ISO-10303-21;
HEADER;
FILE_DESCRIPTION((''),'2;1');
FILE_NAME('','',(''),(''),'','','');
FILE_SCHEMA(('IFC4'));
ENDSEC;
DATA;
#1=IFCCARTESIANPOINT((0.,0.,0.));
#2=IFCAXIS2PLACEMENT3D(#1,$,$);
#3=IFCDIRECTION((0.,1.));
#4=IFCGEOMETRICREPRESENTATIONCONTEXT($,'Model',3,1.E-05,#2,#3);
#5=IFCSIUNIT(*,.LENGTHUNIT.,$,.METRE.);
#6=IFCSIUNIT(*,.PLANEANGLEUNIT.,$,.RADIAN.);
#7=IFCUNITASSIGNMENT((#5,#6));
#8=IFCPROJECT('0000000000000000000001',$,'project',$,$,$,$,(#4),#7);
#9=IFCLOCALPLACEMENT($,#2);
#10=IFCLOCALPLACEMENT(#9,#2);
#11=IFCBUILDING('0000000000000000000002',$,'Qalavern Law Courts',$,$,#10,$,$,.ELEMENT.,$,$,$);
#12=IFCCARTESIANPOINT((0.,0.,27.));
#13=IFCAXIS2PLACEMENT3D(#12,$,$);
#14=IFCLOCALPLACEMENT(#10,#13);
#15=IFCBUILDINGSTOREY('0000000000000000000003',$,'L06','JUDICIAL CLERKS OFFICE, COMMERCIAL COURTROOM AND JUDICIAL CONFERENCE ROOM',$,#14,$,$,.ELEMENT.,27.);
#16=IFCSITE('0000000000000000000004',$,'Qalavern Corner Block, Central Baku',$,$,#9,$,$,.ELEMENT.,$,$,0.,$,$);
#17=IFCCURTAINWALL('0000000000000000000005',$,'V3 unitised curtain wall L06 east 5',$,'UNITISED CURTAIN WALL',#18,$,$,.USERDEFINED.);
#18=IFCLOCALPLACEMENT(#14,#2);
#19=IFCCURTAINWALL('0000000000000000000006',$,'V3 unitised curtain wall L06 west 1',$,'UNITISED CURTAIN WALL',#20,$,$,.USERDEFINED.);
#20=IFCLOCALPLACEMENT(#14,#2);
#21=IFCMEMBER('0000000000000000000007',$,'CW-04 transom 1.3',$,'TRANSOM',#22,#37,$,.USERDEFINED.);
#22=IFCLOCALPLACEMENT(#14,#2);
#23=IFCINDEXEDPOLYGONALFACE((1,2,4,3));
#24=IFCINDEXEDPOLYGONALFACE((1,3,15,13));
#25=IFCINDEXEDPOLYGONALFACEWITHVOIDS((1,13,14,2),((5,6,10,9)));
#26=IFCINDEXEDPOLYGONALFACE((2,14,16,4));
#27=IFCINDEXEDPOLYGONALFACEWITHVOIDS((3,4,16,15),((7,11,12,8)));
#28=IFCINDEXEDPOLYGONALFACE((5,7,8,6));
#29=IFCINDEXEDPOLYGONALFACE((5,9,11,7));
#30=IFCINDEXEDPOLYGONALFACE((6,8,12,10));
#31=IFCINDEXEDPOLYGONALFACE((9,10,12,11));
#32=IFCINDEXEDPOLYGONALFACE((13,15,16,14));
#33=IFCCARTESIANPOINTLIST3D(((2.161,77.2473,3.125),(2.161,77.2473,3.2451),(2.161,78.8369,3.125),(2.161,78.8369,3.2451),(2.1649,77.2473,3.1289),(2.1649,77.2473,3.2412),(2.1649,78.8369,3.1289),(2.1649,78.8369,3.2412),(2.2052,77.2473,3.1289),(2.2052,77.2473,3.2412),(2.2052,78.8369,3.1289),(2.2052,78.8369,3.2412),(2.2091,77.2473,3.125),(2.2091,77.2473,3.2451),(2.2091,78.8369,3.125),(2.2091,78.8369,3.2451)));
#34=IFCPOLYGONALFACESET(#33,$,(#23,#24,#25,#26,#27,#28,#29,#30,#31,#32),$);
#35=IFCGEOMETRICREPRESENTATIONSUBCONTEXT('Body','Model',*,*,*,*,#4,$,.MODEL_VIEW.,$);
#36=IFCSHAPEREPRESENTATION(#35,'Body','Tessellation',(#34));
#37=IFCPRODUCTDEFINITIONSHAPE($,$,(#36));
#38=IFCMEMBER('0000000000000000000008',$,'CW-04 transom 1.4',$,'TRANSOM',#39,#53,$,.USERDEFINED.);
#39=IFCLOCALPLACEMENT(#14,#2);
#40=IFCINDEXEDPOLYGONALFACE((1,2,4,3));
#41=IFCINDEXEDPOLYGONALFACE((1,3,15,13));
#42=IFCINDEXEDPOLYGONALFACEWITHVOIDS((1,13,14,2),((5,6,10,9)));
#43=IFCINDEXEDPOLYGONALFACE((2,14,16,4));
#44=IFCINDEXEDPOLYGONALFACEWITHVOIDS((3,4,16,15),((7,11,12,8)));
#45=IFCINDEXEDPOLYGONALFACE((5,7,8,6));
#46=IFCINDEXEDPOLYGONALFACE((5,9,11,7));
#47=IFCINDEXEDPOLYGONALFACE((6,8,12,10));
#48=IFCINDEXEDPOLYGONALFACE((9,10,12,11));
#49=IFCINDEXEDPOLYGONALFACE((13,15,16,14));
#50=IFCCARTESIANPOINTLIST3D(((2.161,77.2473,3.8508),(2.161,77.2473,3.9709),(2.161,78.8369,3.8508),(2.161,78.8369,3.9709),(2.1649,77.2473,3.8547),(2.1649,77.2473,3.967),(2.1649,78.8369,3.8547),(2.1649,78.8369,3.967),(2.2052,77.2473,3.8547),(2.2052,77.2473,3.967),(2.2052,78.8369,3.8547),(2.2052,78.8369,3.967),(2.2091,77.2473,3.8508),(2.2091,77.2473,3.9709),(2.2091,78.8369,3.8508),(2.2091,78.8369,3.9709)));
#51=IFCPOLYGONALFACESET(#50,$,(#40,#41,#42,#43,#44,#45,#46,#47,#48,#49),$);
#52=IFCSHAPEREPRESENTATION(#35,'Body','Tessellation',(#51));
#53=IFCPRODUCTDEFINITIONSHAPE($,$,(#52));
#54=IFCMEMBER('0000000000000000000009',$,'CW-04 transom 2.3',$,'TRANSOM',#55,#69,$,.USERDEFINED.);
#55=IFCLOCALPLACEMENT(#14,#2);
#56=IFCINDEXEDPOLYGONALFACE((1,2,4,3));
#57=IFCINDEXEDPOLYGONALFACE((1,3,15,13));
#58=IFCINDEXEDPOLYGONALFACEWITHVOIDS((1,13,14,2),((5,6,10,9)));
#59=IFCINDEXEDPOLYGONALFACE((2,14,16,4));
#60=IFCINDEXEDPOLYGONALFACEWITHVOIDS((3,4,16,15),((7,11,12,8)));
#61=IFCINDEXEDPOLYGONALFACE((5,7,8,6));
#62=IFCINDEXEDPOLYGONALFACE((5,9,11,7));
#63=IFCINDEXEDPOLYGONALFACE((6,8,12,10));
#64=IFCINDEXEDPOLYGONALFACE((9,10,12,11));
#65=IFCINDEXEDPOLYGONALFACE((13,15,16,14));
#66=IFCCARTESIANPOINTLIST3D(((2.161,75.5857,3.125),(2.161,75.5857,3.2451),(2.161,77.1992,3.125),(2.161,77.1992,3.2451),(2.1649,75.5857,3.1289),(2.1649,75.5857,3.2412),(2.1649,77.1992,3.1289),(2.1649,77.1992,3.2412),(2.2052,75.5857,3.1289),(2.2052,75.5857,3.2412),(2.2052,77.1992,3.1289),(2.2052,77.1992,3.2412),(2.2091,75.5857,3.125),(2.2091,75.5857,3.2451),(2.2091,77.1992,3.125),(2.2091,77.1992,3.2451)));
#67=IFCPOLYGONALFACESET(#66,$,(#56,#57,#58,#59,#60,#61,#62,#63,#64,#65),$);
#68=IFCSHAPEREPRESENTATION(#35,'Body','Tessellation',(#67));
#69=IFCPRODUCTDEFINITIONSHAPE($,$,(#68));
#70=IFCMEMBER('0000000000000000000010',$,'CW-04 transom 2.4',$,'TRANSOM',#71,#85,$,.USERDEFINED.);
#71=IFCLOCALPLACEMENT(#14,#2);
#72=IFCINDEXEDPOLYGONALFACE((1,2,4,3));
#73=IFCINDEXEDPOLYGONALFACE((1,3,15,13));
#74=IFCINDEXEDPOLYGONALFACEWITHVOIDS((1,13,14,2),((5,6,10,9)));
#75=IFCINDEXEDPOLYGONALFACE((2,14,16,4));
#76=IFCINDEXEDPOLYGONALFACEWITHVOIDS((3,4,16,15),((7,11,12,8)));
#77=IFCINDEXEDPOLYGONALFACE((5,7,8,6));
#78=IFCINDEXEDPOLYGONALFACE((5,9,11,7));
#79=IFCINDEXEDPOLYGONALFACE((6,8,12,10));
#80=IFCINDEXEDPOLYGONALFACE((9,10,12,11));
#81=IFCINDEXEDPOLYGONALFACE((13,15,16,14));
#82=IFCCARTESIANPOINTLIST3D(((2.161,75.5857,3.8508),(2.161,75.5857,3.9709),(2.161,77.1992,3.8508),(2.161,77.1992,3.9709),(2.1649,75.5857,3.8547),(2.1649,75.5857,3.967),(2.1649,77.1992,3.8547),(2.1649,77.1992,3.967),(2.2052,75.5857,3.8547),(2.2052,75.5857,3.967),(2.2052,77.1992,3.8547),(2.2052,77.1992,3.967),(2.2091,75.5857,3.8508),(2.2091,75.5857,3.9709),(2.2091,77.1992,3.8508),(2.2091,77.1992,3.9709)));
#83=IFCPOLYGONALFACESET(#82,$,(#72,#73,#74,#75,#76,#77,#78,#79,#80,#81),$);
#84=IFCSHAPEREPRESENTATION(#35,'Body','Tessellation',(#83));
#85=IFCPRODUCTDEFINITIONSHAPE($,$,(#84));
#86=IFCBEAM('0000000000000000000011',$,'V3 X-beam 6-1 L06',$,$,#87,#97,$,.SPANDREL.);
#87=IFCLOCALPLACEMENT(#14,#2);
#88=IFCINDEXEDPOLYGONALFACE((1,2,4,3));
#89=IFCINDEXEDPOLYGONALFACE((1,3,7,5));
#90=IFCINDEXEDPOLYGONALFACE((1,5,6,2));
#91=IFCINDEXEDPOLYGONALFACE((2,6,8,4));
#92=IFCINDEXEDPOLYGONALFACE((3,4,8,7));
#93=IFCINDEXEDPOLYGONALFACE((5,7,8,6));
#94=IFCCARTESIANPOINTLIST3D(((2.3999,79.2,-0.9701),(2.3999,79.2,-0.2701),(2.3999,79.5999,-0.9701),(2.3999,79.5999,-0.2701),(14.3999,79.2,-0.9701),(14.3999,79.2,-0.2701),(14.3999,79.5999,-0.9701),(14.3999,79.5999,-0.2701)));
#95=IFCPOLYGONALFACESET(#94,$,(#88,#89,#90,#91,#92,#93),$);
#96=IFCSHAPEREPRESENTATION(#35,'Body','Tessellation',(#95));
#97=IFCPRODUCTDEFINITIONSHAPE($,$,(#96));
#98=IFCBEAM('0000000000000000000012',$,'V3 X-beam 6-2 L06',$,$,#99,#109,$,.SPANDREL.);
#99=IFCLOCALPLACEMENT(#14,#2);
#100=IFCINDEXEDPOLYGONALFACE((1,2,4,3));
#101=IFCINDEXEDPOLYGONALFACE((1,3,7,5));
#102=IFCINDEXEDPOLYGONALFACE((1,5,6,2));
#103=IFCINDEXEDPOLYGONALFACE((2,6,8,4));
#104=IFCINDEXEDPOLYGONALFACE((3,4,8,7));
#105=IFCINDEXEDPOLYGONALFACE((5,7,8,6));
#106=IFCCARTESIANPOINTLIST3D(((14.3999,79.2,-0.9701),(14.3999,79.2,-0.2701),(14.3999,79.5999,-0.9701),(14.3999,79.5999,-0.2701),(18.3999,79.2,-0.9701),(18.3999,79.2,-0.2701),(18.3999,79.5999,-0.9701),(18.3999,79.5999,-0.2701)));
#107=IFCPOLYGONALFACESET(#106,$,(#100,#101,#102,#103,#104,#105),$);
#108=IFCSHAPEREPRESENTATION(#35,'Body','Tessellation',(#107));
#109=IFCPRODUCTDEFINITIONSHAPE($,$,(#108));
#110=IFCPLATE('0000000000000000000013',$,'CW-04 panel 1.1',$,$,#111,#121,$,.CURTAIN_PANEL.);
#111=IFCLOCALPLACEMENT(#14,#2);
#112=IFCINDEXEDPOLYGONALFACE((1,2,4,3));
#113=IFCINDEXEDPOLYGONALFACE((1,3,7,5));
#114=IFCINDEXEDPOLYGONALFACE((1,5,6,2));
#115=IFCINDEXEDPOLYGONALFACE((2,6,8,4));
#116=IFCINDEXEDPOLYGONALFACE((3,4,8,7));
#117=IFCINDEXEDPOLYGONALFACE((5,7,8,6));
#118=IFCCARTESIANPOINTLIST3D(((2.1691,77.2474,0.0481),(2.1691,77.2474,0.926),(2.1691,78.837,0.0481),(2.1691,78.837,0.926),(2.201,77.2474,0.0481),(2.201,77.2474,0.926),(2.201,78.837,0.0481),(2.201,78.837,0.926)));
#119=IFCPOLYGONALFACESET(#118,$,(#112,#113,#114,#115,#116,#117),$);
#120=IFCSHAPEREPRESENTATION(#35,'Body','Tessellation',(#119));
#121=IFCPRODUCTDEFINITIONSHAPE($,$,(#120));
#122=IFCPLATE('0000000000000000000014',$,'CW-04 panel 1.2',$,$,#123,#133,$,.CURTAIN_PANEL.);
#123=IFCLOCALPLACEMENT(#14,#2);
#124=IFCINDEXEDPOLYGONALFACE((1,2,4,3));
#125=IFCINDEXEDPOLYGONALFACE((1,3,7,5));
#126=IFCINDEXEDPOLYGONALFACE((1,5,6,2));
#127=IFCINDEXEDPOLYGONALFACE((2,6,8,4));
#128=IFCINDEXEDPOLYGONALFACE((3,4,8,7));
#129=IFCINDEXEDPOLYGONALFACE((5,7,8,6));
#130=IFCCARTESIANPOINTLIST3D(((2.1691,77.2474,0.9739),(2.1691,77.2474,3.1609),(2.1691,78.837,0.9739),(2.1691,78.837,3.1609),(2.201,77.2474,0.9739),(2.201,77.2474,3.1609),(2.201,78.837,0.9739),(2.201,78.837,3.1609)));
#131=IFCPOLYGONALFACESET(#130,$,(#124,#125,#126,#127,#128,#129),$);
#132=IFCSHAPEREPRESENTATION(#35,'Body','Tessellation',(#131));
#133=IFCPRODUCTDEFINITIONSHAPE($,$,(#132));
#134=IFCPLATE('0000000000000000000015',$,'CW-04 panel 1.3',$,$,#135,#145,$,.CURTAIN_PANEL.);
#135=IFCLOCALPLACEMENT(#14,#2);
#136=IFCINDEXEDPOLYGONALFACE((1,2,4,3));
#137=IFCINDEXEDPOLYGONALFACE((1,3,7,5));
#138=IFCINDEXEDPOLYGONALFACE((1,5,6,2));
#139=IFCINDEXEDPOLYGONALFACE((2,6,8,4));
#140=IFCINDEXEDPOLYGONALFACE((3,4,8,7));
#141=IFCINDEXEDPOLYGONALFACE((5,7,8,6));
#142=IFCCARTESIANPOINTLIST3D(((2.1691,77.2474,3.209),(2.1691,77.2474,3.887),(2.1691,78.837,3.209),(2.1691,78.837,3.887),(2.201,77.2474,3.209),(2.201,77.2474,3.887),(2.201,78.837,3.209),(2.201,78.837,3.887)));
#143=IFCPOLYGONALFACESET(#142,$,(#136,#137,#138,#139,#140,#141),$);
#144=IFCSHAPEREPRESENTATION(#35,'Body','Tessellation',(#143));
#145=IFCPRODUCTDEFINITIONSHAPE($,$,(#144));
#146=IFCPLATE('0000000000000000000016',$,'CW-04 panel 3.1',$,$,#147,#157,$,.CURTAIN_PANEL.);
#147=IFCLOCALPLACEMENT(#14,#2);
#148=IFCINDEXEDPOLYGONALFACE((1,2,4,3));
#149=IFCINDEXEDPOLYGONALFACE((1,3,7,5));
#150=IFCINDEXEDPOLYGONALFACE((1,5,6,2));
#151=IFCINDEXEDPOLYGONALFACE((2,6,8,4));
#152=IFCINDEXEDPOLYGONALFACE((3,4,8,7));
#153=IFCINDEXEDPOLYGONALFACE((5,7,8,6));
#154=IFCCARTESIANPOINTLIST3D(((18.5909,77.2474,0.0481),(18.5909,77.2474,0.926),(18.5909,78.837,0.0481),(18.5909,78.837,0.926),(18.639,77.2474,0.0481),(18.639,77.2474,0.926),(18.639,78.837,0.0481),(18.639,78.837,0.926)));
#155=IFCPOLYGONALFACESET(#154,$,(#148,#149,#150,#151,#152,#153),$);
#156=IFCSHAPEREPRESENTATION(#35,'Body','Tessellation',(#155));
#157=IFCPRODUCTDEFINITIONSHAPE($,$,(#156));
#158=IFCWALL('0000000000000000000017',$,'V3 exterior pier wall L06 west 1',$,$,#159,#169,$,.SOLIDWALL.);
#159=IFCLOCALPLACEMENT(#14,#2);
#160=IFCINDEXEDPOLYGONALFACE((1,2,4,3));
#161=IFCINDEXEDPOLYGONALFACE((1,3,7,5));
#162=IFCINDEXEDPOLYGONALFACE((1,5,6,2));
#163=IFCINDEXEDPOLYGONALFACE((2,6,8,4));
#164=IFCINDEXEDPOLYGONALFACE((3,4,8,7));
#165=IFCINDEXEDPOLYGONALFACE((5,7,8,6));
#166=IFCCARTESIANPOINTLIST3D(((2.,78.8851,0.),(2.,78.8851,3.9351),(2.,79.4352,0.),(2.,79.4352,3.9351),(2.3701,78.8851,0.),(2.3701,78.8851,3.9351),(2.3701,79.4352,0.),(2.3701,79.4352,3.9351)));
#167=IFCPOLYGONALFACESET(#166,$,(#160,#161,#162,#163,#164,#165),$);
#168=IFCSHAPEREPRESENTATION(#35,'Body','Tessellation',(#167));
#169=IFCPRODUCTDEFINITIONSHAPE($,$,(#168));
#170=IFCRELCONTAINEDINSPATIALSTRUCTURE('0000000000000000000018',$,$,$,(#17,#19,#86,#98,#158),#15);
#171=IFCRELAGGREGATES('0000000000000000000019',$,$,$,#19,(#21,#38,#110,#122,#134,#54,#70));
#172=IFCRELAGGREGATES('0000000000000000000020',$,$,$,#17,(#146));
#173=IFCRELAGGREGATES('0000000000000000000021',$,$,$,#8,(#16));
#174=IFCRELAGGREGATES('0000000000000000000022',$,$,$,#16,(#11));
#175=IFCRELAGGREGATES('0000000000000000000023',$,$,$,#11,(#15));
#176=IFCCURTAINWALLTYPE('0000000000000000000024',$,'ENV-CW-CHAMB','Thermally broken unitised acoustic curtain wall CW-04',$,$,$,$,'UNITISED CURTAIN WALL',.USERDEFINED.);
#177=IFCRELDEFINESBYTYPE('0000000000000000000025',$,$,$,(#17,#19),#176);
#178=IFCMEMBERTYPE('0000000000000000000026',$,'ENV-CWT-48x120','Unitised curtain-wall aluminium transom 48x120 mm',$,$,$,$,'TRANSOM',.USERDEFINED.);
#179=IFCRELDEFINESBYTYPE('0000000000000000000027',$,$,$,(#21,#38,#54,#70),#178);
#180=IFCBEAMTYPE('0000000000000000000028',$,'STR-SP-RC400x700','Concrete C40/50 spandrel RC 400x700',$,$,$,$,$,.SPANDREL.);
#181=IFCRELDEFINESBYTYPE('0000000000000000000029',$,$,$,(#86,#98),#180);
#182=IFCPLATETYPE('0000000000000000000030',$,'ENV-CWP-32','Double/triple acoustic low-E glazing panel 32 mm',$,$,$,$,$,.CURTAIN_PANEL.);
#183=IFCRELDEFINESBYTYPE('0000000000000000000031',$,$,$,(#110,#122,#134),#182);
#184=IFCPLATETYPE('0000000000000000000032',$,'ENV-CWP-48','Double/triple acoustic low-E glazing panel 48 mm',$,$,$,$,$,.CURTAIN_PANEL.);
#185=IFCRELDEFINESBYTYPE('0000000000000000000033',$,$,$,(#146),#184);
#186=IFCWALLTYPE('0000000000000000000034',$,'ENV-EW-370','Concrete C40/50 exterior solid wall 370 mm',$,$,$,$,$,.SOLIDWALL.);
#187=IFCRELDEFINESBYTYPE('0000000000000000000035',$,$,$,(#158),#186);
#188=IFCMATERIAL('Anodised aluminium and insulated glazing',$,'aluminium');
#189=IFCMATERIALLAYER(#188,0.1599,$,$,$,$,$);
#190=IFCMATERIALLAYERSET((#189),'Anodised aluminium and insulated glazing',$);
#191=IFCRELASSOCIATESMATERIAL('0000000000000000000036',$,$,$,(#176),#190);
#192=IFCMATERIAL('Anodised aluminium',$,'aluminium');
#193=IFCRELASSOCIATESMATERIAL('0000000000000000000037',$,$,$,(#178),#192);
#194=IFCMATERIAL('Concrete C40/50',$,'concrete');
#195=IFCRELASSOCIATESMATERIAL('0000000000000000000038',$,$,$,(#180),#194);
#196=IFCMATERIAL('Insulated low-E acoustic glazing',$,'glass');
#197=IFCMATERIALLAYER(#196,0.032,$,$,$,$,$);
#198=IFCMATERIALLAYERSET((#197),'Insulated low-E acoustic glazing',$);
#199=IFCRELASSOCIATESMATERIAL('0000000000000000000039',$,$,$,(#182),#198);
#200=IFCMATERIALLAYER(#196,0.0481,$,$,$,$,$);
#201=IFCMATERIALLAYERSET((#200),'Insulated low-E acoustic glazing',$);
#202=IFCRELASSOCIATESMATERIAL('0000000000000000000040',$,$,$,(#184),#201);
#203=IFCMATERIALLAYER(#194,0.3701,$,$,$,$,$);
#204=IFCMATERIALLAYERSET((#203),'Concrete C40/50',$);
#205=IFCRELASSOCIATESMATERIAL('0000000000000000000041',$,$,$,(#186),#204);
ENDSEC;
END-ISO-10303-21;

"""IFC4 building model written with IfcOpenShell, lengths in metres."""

from ifc_helpers import new_model, si_unit, direction, frame, frame_2d, origin, origin_2d, place, context, subcontext, project, spatial, rectangle, hollow_rectangle, extrude, material, layer, layer_set, material_profile, profile_set, type_object, element, aggregate, save


model = new_model("IFC4")

# Units and contexts
model_context = context("Model", 3, precision=1e-05, world=origin(), true_north=direction((0.0, 1.0)))
body_context = subcontext(model_context, "Body", "Model", "MODEL_VIEW")
ifc_project = project(units=[si_unit("LENGTHUNIT", "METRE"), si_unit("PLANEANGLEUNIT", "RADIAN")], contexts=[model_context])

# Site, building, storey
site_placement = place(None, origin())
site = spatial("IfcSite", under=ifc_project, at=site_placement, Name="Qalavern Corner Block, Central Baku", CompositionType="ELEMENT", RefElevation=0.0)
building_placement = place(site_placement, origin())
building = spatial("IfcBuilding", under=site, at=building_placement, Name="Qalavern Law Courts", CompositionType="ELEMENT")
storey_placement = place(building_placement, frame((0.0, 0.0, 27.0)))
storey = spatial("IfcBuildingStorey", under=building, at=storey_placement, Name="L06", Description="JUDICIAL CLERKS OFFICE, COMMERCIAL COURTROOM AND JUDICIAL CONFERENCE ROOM", CompositionType="ELEMENT", Elevation=27.0)

# Curtain wall
ifc_material_1 = material(Name="Anodised aluminium and insulated glazing", Category="aluminium")
ifc_layer_1 = layer(ifc_material_1, 0.1599)
ifc_layer_set_1 = layer_set([ifc_layer_1], Name="Anodised aluminium and insulated glazing")
curtain_wall_type = type_object("IfcCurtainWallType", Name="ENV-CW-CHAMB", Description="Thermally broken unitised acoustic curtain wall CW-04", ElementType="UNITISED CURTAIN WALL", PredefinedType="USERDEFINED", material=ifc_layer_set_1)
curtain_wall_1_placement = place(storey_placement, origin())
curtain_wall_1 = element("IfcCurtainWall", 1, at=curtain_wall_1_placement, inside=storey, type_object=curtain_wall_type, Name="V3 unitised curtain wall L06 east 5", ObjectType="UNITISED CURTAIN WALL", PredefinedType="USERDEFINED")
ifc_material_2 = material(Name="Anodised aluminium", Category="aluminium")

# Curtain wall
curtain_wall_2_placement = place(storey_placement, origin())
curtain_wall_2 = element("IfcCurtainWall", 2, at=curtain_wall_2_placement, inside=storey, type_object=curtain_wall_type, Name="V3 unitised curtain wall L06 west 1", ObjectType="UNITISED CURTAIN WALL", PredefinedType="USERDEFINED")

# Members
ifc_material_profile_1 = material_profile(ifc_material_2, hollow_rectangle(XDim=0.0481, YDim=0.1201, WallThickness=0.0039, at=origin_2d()), Name="ALU TRANSOM 48x120")
ifc_profile_set_1 = profile_set([ifc_material_profile_1], Name="Anodised aluminium")
member_type_1 = type_object("IfcMemberType", Name="ENV-CWT-48x120", Description="Unitised curtain-wall aluminium transom 48x120 mm", ElementType="TRANSOM", PredefinedType="USERDEFINED", material=ifc_profile_set_1)
member_1_placement = place(storey_placement, frame((2.1851, 78.8369, 3.1851), z_axis=(0.0, -1.0, 0.0), x_axis=(1.0, 0.0, 0.0)))
member_1 = element("IfcMember", 3, at=member_1_placement, type_object=member_type_1, Name="CW-04 transom 1.3", ObjectType="TRANSOM", PredefinedType="USERDEFINED", context=body_context, shape_type="SweptSolid", body=[
    extrude(hollow_rectangle(XDim=0.0481, YDim=0.1201, WallThickness=0.0039, at=origin_2d()), origin(), (0.0, 0.0, 1.0), 1.5896),
])
member_2_placement = place(storey_placement, frame((2.1851, 78.8369, 3.9109), z_axis=(0.0, -1.0, 0.0), x_axis=(1.0, 0.0, 0.0)))
member_2 = element("IfcMember", 4, at=member_2_placement, type_object=member_type_1, Name="CW-04 transom 1.4", ObjectType="TRANSOM", PredefinedType="USERDEFINED", context=body_context, shape_type="SweptSolid", body=[
    extrude(hollow_rectangle(XDim=0.0481, YDim=0.1201, WallThickness=0.0039, at=origin_2d()), origin(), (0.0, 0.0, 1.0), 1.5896),
])
member_3_placement = place(storey_placement, frame((2.1851, 77.1992, 3.1851), z_axis=(0.0, -1.0, 0.0), x_axis=(1.0, 0.0, 0.0)))
member_3 = element("IfcMember", 5, at=member_3_placement, type_object=member_type_1, Name="CW-04 transom 2.3", ObjectType="TRANSOM", PredefinedType="USERDEFINED", context=body_context, shape_type="SweptSolid", body=[
    extrude(hollow_rectangle(XDim=0.0481, YDim=0.1201, WallThickness=0.0039, at=origin_2d()), origin(), (0.0, 0.0, 1.0), 1.6135),
])
member_4_placement = place(storey_placement, frame((2.1851, 77.1992, 3.9109), z_axis=(0.0, -1.0, 0.0), x_axis=(1.0, 0.0, 0.0)))
member_4 = element("IfcMember", 6, at=member_4_placement, type_object=member_type_1, Name="CW-04 transom 2.4", ObjectType="TRANSOM", PredefinedType="USERDEFINED", context=body_context, shape_type="SweptSolid", body=[
    extrude(hollow_rectangle(XDim=0.0481, YDim=0.1201, WallThickness=0.0039, at=origin_2d()), origin(), (0.0, 0.0, 1.0), 1.6135),
])

# Beams
ifc_material_3 = material(Name="Concrete C40/50", Category="concrete")
ifc_material_profile_2 = material_profile(ifc_material_3, rectangle(XDim=0.3999, YDim=0.7, at=origin_2d()), Name="RC 400x700")
ifc_profile_set_2 = profile_set([ifc_material_profile_2], Name="Concrete C40/50")
beam_type = type_object("IfcBeamType", Name="STR-SP-RC400x700", Description="Concrete C40/50 spandrel RC 400x700", PredefinedType="SPANDREL", material=ifc_profile_set_2)
beam_1_placement = place(storey_placement, frame((2.3999, 79.3999, -0.6201), z_axis=(1.0, 0.0, 0.0), x_axis=(0.0, 1.0, 0.0)))
element("IfcBeam", 7, at=beam_1_placement, inside=storey, type_object=beam_type, Name="V3 X-beam 6-1 L06", PredefinedType="SPANDREL", context=body_context, shape_type="SweptSolid", body=[
    extrude(rectangle(XDim=0.3999, YDim=0.7, at=origin_2d()), origin(), (0.0, 0.0, 1.0), 12.0),
])
beam_2_placement = place(storey_placement, frame((14.3999, 79.3999, -0.6201), z_axis=(1.0, 0.0, 0.0), x_axis=(0.0, 1.0, 0.0)))
element("IfcBeam", 8, at=beam_2_placement, inside=storey, type_object=beam_type, Name="V3 X-beam 6-2 L06", PredefinedType="SPANDREL", context=body_context, shape_type="SweptSolid", body=[
    extrude(rectangle(XDim=0.3999, YDim=0.7, at=origin_2d()), origin(), (0.0, 0.0, 1.0), 4.0),
])

# Plates
ifc_material_4 = material(Name="Insulated low-E acoustic glazing", Category="glass")
ifc_layer_2 = layer(ifc_material_4, 0.032)
ifc_layer_set_2 = layer_set([ifc_layer_2], Name="Insulated low-E acoustic glazing")
plate_type_1 = type_object("IfcPlateType", Name="ENV-CWP-32", Description="Double/triple acoustic low-E glazing panel 32 mm", PredefinedType="CURTAIN_PANEL", material=ifc_layer_set_2)
plate_1_placement = place(storey_placement, frame((2.1851, 78.0422, 0.0481), z_axis=(0.0, 0.0, 1.0), x_axis=(0.0, -1.0, 0.0)))
plate_1 = element("IfcPlate", 9, at=plate_1_placement, type_object=plate_type_1, Name="CW-04 panel 1.1", PredefinedType="CURTAIN_PANEL", context=body_context, shape_type="SweptSolid", body=[
    extrude(rectangle(XDim=1.5896, YDim=0.032, at=origin_2d()), origin(), (0.0, 0.0, 1.0), 0.8779),
])
plate_2_placement = place(storey_placement, frame((2.1851, 78.0422, 0.9739), z_axis=(0.0, 0.0, 1.0), x_axis=(0.0, -1.0, 0.0)))
plate_2 = element("IfcPlate", 10, at=plate_2_placement, type_object=plate_type_1, Name="CW-04 panel 1.2", PredefinedType="CURTAIN_PANEL", context=body_context, shape_type="SweptSolid", body=[
    extrude(rectangle(XDim=1.5896, YDim=0.032, at=origin_2d()), origin(), (0.0, 0.0, 1.0), 2.187),
])
plate_3_placement = place(storey_placement, frame((2.1851, 78.0422, 3.209), z_axis=(0.0, 0.0, 1.0), x_axis=(0.0, -1.0, 0.0)))
plate_3 = element("IfcPlate", 11, at=plate_3_placement, type_object=plate_type_1, Name="CW-04 panel 1.3", PredefinedType="CURTAIN_PANEL", context=body_context, shape_type="SweptSolid", body=[
    extrude(rectangle(XDim=1.5896, YDim=0.032, at=origin_2d()), origin(), (0.0, 0.0, 1.0), 0.678),
])
aggregate(curtain_wall_2, [member_1, member_2, plate_1, plate_2, plate_3, member_3, member_4])
ifc_layer_3 = layer(ifc_material_4, 0.0481)
ifc_layer_set_3 = layer_set([ifc_layer_3], Name="Insulated low-E acoustic glazing")
plate_type_2 = type_object("IfcPlateType", Name="ENV-CWP-48", Description="Double/triple acoustic low-E glazing panel 48 mm", PredefinedType="CURTAIN_PANEL", material=ifc_layer_set_3)
plate_4_placement = place(storey_placement, frame((18.615, 78.0422, 0.0481), z_axis=(0.0, 0.0, 1.0), x_axis=(0.0, 1.0, 0.0)))
plate_4 = element("IfcPlate", 12, at=plate_4_placement, type_object=plate_type_2, Name="CW-04 panel 3.1", PredefinedType="CURTAIN_PANEL", context=body_context, shape_type="SweptSolid", body=[
    extrude(rectangle(XDim=1.5896, YDim=0.0481, at=origin_2d()), origin(), (0.0, 0.0, 1.0), 0.8779),
])
aggregate(curtain_wall_1, [plate_4])

# Wall
ifc_layer_4 = layer(ifc_material_3, 0.3701)
ifc_layer_set_4 = layer_set([ifc_layer_4], Name="Concrete C40/50")
wall_type = type_object("IfcWallType", Name="ENV-EW-370", Description="Concrete C40/50 exterior solid wall 370 mm", PredefinedType="SOLIDWALL", material=ifc_layer_set_4)
wall_placement = place(storey_placement, frame((2.1851, 79.4351, 0.0), z_axis=(0.0, 0.0, 1.0), x_axis=(0.0, -1.0, 0.0)))
element("IfcWall", 13, at=wall_placement, inside=storey, type_object=wall_type, Name="V3 exterior pier wall L06 west 1", PredefinedType="SOLIDWALL", context=body_context, shape_type="SweptSolid", body=[
    extrude(rectangle(XDim=0.55, YDim=0.3701, at=frame_2d((0.2749, 0.0))), origin(), (0.0, 0.0, 1.0), 3.9351),
])

save(model, "model.ifc")
